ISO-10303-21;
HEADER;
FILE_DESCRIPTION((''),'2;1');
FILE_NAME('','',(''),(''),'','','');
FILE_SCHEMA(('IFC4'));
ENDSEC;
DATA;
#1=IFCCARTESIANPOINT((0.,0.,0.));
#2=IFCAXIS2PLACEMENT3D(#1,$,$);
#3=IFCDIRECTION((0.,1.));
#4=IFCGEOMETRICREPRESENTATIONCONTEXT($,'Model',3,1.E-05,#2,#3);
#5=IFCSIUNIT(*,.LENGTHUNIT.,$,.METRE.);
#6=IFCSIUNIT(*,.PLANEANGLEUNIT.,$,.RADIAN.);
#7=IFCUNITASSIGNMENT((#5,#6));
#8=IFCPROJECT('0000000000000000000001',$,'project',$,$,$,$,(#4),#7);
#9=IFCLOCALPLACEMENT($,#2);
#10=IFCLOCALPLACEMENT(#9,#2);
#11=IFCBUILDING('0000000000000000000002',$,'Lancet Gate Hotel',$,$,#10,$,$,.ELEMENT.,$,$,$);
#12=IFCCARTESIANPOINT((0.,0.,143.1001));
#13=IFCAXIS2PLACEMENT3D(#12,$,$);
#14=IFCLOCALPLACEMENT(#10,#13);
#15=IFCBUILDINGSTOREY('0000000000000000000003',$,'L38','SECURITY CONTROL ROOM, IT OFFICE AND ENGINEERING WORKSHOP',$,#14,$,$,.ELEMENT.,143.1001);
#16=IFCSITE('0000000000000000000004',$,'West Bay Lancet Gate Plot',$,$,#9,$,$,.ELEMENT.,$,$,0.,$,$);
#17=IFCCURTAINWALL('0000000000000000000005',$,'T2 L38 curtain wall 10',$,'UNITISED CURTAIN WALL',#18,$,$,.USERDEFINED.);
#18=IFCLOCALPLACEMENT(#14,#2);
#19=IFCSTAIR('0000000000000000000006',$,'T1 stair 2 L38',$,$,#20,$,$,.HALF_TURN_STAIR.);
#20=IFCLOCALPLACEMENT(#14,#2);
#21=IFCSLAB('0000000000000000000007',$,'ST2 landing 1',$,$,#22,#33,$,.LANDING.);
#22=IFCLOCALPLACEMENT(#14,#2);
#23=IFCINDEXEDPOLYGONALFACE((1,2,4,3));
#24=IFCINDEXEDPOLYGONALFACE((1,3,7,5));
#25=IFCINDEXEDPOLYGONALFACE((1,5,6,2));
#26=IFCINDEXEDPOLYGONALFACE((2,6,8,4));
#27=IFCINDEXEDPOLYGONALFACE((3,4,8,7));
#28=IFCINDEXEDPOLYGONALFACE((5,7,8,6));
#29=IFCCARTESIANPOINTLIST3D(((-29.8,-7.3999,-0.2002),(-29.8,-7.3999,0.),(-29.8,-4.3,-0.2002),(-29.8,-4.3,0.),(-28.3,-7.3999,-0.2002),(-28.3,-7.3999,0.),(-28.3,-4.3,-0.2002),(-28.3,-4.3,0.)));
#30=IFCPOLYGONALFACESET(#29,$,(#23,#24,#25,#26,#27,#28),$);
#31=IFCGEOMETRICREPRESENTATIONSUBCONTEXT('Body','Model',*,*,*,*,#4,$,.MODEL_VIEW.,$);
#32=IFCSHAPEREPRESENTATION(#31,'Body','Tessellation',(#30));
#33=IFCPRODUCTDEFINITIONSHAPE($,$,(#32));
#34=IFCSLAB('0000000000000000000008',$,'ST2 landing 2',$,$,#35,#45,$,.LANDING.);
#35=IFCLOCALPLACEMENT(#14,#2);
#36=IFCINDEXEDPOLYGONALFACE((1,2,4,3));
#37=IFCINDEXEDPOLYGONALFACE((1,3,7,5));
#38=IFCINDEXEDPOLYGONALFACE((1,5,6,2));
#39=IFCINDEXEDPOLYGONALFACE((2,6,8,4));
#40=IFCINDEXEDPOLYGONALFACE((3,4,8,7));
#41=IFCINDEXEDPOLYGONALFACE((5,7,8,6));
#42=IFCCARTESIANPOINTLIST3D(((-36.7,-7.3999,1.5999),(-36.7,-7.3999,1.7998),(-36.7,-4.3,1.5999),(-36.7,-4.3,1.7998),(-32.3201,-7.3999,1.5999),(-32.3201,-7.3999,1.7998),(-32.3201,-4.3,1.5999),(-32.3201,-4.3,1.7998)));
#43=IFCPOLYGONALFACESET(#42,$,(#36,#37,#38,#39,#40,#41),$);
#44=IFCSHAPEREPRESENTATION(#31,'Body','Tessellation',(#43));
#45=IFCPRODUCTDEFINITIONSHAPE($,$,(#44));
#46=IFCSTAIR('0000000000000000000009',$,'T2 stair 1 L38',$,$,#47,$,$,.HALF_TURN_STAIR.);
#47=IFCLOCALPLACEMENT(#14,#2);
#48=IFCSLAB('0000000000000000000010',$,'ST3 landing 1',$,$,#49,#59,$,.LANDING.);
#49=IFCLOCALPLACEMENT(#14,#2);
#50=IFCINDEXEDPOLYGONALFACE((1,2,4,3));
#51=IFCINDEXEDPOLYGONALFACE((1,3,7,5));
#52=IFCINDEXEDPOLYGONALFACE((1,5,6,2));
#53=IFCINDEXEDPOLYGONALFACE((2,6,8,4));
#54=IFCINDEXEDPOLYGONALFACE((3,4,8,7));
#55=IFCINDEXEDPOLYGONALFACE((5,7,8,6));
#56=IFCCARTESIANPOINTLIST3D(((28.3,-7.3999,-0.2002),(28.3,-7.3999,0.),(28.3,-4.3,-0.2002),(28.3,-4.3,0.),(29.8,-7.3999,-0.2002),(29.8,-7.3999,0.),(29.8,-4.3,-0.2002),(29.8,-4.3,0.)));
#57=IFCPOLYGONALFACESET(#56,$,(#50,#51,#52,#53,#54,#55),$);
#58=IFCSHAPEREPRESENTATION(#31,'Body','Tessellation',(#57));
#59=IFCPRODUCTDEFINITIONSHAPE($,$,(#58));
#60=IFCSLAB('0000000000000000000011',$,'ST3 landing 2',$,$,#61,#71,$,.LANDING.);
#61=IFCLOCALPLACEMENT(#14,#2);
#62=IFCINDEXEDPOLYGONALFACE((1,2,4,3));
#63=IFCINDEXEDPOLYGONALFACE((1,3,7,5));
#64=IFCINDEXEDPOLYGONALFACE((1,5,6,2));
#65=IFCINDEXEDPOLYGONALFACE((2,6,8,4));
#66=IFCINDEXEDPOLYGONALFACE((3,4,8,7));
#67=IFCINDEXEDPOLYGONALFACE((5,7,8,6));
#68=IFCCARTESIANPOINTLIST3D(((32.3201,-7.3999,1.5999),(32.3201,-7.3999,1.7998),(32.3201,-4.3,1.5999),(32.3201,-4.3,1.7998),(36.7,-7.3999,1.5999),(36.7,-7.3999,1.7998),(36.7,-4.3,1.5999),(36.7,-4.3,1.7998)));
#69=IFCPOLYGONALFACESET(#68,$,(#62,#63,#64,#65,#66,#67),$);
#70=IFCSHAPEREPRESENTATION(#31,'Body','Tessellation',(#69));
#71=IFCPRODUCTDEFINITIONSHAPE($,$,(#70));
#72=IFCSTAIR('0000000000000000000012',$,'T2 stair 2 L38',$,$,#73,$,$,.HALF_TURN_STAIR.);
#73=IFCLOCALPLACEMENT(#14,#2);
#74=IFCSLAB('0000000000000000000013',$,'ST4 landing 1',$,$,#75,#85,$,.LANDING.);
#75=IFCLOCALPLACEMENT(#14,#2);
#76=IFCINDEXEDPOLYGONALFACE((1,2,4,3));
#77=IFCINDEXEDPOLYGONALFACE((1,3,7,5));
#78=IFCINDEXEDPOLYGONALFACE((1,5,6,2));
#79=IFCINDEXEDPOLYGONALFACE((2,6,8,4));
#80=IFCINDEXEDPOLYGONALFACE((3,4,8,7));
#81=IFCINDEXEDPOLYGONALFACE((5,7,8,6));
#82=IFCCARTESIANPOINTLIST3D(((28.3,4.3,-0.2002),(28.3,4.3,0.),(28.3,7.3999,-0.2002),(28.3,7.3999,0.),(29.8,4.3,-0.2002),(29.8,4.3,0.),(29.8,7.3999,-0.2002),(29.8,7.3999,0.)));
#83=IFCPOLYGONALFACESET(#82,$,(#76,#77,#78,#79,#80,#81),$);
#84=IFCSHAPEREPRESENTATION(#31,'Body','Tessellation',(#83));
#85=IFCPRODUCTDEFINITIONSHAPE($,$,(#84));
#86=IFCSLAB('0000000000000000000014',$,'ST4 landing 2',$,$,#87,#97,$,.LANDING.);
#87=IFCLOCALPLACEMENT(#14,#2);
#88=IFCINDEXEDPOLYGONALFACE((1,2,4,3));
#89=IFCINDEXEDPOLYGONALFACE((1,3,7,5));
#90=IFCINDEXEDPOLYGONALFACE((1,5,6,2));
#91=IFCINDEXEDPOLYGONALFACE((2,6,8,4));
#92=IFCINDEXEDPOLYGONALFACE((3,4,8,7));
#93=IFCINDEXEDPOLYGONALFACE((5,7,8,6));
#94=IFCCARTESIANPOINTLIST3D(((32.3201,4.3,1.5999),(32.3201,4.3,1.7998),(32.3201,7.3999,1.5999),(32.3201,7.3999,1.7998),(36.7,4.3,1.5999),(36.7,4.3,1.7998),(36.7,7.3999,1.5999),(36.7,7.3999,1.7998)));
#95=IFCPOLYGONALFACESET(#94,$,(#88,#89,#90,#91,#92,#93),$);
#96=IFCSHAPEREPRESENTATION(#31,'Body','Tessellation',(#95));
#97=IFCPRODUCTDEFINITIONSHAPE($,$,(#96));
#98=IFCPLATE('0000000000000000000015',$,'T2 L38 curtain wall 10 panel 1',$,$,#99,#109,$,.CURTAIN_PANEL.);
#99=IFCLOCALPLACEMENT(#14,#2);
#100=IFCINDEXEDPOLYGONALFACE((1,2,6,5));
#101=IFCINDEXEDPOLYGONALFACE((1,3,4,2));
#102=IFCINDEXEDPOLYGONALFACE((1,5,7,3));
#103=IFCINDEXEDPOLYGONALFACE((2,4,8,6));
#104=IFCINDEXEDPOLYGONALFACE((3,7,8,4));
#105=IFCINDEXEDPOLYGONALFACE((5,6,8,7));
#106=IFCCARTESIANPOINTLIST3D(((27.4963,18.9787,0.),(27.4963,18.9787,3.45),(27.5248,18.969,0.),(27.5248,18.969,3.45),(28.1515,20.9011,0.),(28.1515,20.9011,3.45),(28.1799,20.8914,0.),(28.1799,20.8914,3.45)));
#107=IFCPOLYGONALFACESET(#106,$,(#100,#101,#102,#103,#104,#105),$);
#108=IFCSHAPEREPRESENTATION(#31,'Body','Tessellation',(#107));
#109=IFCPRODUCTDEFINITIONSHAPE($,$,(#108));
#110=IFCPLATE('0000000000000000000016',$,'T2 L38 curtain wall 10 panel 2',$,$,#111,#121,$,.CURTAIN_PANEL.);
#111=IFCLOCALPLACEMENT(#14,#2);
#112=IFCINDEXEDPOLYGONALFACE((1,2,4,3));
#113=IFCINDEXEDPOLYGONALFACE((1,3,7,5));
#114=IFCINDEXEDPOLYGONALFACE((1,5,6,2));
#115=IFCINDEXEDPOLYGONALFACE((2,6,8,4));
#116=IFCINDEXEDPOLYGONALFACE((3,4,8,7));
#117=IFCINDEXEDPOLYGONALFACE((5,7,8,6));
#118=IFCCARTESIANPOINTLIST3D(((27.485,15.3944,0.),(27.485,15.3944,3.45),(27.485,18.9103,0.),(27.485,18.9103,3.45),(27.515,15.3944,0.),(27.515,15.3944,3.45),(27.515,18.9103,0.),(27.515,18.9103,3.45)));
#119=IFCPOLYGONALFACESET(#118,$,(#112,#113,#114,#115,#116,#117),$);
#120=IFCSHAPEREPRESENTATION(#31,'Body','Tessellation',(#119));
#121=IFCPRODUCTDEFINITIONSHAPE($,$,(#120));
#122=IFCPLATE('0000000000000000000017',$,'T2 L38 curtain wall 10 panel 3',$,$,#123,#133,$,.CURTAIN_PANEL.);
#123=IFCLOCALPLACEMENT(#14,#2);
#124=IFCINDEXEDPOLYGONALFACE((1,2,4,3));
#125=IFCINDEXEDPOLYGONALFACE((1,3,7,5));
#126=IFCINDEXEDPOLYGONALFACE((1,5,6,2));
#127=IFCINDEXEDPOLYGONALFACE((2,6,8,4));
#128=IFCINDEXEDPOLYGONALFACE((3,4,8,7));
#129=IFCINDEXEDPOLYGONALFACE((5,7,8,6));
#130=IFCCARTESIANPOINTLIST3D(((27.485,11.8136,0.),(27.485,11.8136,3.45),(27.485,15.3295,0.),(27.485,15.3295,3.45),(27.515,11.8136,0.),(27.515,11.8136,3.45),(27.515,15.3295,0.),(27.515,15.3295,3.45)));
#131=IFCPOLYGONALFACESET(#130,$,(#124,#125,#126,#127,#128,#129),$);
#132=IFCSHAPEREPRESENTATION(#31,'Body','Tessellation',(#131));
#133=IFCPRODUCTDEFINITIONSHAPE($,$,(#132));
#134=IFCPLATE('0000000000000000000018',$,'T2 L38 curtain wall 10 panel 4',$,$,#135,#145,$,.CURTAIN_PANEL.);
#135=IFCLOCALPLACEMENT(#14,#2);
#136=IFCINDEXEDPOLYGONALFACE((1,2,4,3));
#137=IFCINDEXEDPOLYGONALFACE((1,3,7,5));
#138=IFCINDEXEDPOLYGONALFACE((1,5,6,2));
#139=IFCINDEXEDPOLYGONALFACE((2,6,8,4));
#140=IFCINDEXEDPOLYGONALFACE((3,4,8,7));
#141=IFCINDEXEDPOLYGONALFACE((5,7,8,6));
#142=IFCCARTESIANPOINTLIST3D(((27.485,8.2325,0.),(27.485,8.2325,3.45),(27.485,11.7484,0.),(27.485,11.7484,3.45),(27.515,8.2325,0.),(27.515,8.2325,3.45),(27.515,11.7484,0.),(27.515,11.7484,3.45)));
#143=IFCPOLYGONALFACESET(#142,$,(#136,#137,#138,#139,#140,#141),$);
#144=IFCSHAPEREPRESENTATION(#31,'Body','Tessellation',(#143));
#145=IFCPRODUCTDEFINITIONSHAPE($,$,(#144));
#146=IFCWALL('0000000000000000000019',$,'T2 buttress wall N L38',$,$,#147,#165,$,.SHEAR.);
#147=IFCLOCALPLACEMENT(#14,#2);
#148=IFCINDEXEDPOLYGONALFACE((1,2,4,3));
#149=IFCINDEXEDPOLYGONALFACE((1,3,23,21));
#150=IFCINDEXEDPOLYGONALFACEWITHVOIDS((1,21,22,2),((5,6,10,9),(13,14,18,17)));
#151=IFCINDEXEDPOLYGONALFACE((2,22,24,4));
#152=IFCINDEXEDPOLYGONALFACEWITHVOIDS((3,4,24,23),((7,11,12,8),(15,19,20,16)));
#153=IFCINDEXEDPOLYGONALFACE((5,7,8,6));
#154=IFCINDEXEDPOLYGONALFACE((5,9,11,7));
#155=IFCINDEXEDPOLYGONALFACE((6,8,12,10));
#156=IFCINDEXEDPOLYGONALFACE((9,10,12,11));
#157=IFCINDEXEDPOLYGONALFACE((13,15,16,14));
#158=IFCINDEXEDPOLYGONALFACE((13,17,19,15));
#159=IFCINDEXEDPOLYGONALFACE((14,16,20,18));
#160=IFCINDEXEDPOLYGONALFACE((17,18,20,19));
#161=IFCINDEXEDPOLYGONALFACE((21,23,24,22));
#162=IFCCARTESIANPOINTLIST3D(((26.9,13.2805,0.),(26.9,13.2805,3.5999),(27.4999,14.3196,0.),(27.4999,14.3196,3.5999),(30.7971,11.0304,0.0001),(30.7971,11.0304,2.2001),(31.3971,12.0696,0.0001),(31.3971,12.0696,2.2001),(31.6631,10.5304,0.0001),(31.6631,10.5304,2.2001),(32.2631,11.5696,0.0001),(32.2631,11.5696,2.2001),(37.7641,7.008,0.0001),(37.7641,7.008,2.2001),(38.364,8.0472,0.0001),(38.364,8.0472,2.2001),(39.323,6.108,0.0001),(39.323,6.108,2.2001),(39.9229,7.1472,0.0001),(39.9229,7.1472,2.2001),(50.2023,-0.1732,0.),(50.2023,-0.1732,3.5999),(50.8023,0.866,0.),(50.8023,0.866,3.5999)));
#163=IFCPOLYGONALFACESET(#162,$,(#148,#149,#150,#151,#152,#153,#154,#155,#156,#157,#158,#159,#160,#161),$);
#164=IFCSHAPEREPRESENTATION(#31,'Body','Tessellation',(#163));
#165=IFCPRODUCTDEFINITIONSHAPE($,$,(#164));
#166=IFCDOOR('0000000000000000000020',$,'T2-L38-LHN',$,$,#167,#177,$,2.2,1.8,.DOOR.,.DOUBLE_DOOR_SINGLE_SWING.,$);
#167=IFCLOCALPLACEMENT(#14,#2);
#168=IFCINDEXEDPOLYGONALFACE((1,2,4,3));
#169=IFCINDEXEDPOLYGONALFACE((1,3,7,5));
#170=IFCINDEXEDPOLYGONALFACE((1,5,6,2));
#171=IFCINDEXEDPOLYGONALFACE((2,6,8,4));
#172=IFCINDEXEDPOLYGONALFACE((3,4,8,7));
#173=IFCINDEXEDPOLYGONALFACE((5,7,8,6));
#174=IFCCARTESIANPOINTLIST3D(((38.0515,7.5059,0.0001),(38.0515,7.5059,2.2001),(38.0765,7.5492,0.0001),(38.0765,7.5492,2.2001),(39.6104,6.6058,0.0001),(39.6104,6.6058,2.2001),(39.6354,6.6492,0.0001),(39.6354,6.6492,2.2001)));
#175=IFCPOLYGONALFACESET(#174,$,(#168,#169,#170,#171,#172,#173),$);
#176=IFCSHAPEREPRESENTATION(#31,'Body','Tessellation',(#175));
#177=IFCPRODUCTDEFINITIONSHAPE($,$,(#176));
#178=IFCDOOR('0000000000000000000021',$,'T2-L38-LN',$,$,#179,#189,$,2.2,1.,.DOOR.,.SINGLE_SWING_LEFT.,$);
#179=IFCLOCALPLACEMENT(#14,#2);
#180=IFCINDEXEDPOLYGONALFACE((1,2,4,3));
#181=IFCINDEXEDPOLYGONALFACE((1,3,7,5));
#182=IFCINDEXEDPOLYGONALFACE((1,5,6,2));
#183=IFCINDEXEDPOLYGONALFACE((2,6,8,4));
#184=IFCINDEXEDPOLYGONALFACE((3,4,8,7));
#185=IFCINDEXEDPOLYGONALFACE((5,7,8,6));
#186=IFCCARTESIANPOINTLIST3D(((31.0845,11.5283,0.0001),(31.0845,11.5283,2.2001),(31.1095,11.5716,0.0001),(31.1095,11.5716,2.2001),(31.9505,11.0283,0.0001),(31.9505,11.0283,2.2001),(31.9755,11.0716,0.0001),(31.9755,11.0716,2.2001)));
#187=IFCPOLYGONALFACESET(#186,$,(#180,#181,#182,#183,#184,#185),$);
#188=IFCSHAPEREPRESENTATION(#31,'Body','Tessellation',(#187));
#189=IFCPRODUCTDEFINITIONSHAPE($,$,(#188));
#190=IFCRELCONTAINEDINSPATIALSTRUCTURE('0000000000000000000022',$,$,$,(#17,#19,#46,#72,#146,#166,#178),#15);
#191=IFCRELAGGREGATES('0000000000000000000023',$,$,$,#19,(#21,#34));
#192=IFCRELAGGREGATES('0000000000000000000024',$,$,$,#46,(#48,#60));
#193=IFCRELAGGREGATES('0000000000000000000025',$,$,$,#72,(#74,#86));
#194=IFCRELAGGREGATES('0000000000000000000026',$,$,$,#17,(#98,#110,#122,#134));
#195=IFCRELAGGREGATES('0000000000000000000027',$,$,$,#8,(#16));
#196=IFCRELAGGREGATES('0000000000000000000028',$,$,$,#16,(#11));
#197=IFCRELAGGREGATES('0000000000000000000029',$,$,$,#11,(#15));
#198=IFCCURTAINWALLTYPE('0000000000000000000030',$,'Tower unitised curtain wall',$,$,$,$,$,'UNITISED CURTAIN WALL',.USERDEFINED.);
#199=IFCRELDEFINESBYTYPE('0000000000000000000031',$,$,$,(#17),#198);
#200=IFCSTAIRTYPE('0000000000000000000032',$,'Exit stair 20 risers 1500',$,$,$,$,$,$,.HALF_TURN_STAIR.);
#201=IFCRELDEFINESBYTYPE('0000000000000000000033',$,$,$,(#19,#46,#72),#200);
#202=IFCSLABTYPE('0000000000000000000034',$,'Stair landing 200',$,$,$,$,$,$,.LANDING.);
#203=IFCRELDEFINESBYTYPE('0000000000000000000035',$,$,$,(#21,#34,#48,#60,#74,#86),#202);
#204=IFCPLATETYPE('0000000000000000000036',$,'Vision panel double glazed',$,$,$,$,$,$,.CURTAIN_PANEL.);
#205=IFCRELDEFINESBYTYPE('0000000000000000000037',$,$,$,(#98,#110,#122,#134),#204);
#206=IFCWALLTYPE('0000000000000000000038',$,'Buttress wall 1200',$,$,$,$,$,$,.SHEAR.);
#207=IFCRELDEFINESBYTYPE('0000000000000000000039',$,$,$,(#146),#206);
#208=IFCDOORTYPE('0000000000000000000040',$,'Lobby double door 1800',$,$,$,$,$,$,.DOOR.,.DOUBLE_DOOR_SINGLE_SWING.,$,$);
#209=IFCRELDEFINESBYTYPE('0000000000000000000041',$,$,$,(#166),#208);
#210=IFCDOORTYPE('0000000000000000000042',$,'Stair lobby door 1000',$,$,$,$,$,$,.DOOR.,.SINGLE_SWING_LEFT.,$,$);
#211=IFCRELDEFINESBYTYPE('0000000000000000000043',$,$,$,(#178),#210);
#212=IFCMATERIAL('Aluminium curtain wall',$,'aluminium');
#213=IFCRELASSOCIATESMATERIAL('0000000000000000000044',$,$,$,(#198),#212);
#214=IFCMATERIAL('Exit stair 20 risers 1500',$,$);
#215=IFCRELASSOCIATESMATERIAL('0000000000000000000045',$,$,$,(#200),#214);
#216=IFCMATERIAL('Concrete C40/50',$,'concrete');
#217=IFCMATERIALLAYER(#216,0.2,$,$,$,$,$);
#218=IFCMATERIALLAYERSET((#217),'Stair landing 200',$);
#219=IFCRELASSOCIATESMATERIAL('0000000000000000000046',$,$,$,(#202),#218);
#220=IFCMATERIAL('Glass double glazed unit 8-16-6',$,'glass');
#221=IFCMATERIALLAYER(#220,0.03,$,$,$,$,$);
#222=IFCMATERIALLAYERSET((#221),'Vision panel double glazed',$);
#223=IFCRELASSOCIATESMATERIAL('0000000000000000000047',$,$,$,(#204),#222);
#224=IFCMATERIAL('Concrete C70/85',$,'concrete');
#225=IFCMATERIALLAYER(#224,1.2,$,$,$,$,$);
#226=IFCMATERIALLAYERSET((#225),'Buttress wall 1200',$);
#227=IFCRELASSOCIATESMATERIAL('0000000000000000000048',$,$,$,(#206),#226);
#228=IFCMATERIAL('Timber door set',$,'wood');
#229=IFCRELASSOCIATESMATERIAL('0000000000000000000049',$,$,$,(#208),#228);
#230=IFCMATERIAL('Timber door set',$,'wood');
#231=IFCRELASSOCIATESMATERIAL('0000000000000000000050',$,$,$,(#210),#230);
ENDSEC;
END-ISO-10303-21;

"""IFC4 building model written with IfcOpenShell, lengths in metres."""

from ifc_helpers import new_model, si_unit, direction, frame, frame_2d, origin, origin_2d, place, context, subcontext, project, spatial, polyline, rectangle, outline, extrude, material, layer, layer_set, type_object, element, fill, aggregate, save


model = new_model("IFC4")

# Units and contexts
model_context = context("Model", 3, precision=1e-05, world=origin(), true_north=direction((0.0, 1.0)))
body_context = subcontext(model_context, "Body", "Model", "MODEL_VIEW")
ifc_project = project(units=[si_unit("LENGTHUNIT", "METRE"), si_unit("PLANEANGLEUNIT", "RADIAN")], contexts=[model_context])

# Site, building, storey
site_placement = place(None, origin())
site = spatial("IfcSite", under=ifc_project, at=site_placement, Name="West Bay Lancet Gate Plot", CompositionType="ELEMENT", RefElevation=0.0)
building_placement = place(site_placement, origin())
building = spatial("IfcBuilding", under=site, at=building_placement, Name="Lancet Gate Hotel", CompositionType="ELEMENT")
storey_placement = place(building_placement, frame((0.0, 0.0, 143.1001)))
storey = spatial("IfcBuildingStorey", under=building, at=storey_placement, Name="L38", Description="SECURITY CONTROL ROOM, IT OFFICE AND ENGINEERING WORKSHOP", CompositionType="ELEMENT", Elevation=143.1001)

# Curtain wall
ifc_material_1 = material(Name="Aluminium curtain wall", Category="aluminium")
curtain_wall_type = type_object("IfcCurtainWallType", Name="Tower unitised curtain wall", ElementType="UNITISED CURTAIN WALL", PredefinedType="USERDEFINED", material=ifc_material_1)
curtain_wall_placement = place(storey_placement, origin())
curtain_wall = element("IfcCurtainWall", 1, at=curtain_wall_placement, inside=storey, type_object=curtain_wall_type, Name="T2 L38 curtain wall 10", ObjectType="UNITISED CURTAIN WALL", PredefinedType="USERDEFINED")

# Shared definitions
ifc_material_2 = material(Name="Exit stair 20 risers 1500")
stair_type = type_object("IfcStairType", Name="Exit stair 20 risers 1500", PredefinedType="HALF_TURN_STAIR", material=ifc_material_2)
ifc_material_3 = material(Name="Concrete C40/50", Category="concrete")
ifc_layer_1 = layer(ifc_material_3, 0.2)
ifc_layer_set_1 = layer_set([ifc_layer_1], Name="Stair landing 200")
slab_type = type_object("IfcSlabType", Name="Stair landing 200", PredefinedType="LANDING", material=ifc_layer_set_1)

# Stairs, slabs
stair_1_placement = place(storey_placement, origin())
stair_1 = element("IfcStair", 2, at=stair_1_placement, inside=storey, type_object=stair_type, Name="T1 stair 2 L38", PredefinedType="HALF_TURN_STAIR")
slab_1_placement = place(storey_placement, frame((0.0, 0.0, -0.2002)))
slab_1 = element("IfcSlab", 3, at=slab_1_placement, type_object=slab_type, Name="ST2 landing 1", PredefinedType="LANDING", context=body_context, shape_type="SweptSolid", body=[
    extrude(outline(polyline([(-28.3, -4.3), (-29.8, -4.3), (-29.8, -7.3999), (-28.3, -7.3999), (-28.3, -4.3)])), origin(), (0.0, 0.0, 1.0), 0.2002),
])
slab_2_placement = place(storey_placement, frame((0.0, 0.0, 1.5999)))
slab_2 = element("IfcSlab", 4, at=slab_2_placement, type_object=slab_type, Name="ST2 landing 2", PredefinedType="LANDING", context=body_context, shape_type="SweptSolid", body=[
    extrude(outline(polyline([(-32.3201, -4.3), (-36.7, -4.3), (-36.7, -7.3999), (-32.3201, -7.3999), (-32.3201, -4.3)])), origin(), (0.0, 0.0, 1.0), 0.2),
])
aggregate(stair_1, [slab_1, slab_2])
stair_2_placement = place(storey_placement, origin())
stair_2 = element("IfcStair", 5, at=stair_2_placement, inside=storey, type_object=stair_type, Name="T2 stair 1 L38", PredefinedType="HALF_TURN_STAIR")
slab_3_placement = place(storey_placement, frame((0.0, 0.0, -0.2002)))
slab_3 = element("IfcSlab", 6, at=slab_3_placement, type_object=slab_type, Name="ST3 landing 1", PredefinedType="LANDING", context=body_context, shape_type="SweptSolid", body=[
    extrude(outline(polyline([(28.3, -7.3999), (29.8, -7.3999), (29.8, -4.3), (28.3, -4.3), (28.3, -7.3999)])), origin(), (0.0, 0.0, 1.0), 0.2002),
])
slab_4_placement = place(storey_placement, frame((0.0, 0.0, 1.5999)))
slab_4 = element("IfcSlab", 7, at=slab_4_placement, type_object=slab_type, Name="ST3 landing 2", PredefinedType="LANDING", context=body_context, shape_type="SweptSolid", body=[
    extrude(outline(polyline([(32.3201, -7.3999), (36.7, -7.3999), (36.7, -4.3), (32.3201, -4.3), (32.3201, -7.3999)])), origin(), (0.0, 0.0, 1.0), 0.2),
])
aggregate(stair_2, [slab_3, slab_4])
stair_3_placement = place(storey_placement, origin())
stair_3 = element("IfcStair", 8, at=stair_3_placement, inside=storey, type_object=stair_type, Name="T2 stair 2 L38", PredefinedType="HALF_TURN_STAIR")
slab_5_placement = place(storey_placement, frame((0.0, 0.0, -0.2002)))
slab_5 = element("IfcSlab", 9, at=slab_5_placement, type_object=slab_type, Name="ST4 landing 1", PredefinedType="LANDING", context=body_context, shape_type="SweptSolid", body=[
    extrude(outline(polyline([(28.3, 4.3), (29.8, 4.3), (29.8, 7.3999), (28.3, 7.3999), (28.3, 4.3)])), origin(), (0.0, 0.0, 1.0), 0.2002),
])
slab_6_placement = place(storey_placement, frame((0.0, 0.0, 1.5999)))
slab_6 = element("IfcSlab", 10, at=slab_6_placement, type_object=slab_type, Name="ST4 landing 2", PredefinedType="LANDING", context=body_context, shape_type="SweptSolid", body=[
    extrude(outline(polyline([(32.3201, 4.3), (36.7, 4.3), (36.7, 7.3999), (32.3201, 7.3999), (32.3201, 4.3)])), origin(), (0.0, 0.0, 1.0), 0.2),
])
aggregate(stair_3, [slab_5, slab_6])

# Plates
ifc_material_4 = material(Name="Glass double glazed unit 8-16-6", Category="glass")
ifc_layer_2 = layer(ifc_material_4, 0.03)
ifc_layer_set_2 = layer_set([ifc_layer_2], Name="Vision panel double glazed")
plate_type = type_object("IfcPlateType", Name="Vision panel double glazed", PredefinedType="CURTAIN_PANEL", material=ifc_layer_set_2)
plate_1_placement = place(storey_placement, frame((27.8381, 19.9351, 0.0), z_axis=(0.0, 0.0, 1.0), x_axis=(-0.322576, -0.946544, 0.0)))
plate_1 = element("IfcPlate", 11, at=plate_1_placement, type_object=plate_type, Name="T2 L38 curtain wall 10 panel 1", PredefinedType="CURTAIN_PANEL", context=body_context, shape_type="SweptSolid", body=[
    extrude(rectangle(XDim=2.031, YDim=0.03, at=origin_2d()), origin(), (0.0, 0.0, 1.0), 3.45),
])
plate_2_placement = place(storey_placement, frame((27.5, 17.1523, 0.0), z_axis=(0.0, 0.0, 1.0), x_axis=(0.0, -1.0, 0.0)))
plate_2 = element("IfcPlate", 12, at=plate_2_placement, type_object=plate_type, Name="T2 L38 curtain wall 10 panel 2", PredefinedType="CURTAIN_PANEL", context=body_context, shape_type="SweptSolid", body=[
    extrude(rectangle(XDim=3.5159, YDim=0.03, at=origin_2d()), origin(), (0.0, 0.0, 1.0), 3.45),
])
plate_3_placement = place(storey_placement, frame((27.5, 13.5715, 0.0), z_axis=(0.0, 0.0, 1.0), x_axis=(0.0, -1.0, 0.0)))
plate_3 = element("IfcPlate", 13, at=plate_3_placement, type_object=plate_type, Name="T2 L38 curtain wall 10 panel 3", PredefinedType="CURTAIN_PANEL", context=body_context, shape_type="SweptSolid", body=[
    extrude(rectangle(XDim=3.5159, YDim=0.03, at=origin_2d()), origin(), (0.0, 0.0, 1.0), 3.45),
])
plate_4_placement = place(storey_placement, frame((27.5, 9.9905, 0.0), z_axis=(0.0, 0.0, 1.0), x_axis=(0.0, -1.0, 0.0)))
plate_4 = element("IfcPlate", 14, at=plate_4_placement, type_object=plate_type, Name="T2 L38 curtain wall 10 panel 4", PredefinedType="CURTAIN_PANEL", context=body_context, shape_type="SweptSolid", body=[
    extrude(rectangle(XDim=3.5159, YDim=0.03, at=origin_2d()), origin(), (0.0, 0.0, 1.0), 3.45),
])
aggregate(curtain_wall, [plate_1, plate_2, plate_3, plate_4])

# Wall, openings, doors
ifc_material_5 = material(Name="Concrete C70/85", Category="concrete")
ifc_layer_3 = layer(ifc_material_5, 1.2)
ifc_layer_set_3 = layer_set([ifc_layer_3], Name="Buttress wall 1200")
wall_type_1 = type_object("IfcWallType", Name="Buttress wall 1200", PredefinedType="SHEAR", material=ifc_layer_set_3)
wall_1_placement = place(storey_placement, frame((27.2, 13.8, 0.0), z_axis=(0.0, 0.0, 1.0), x_axis=(0.866025, -0.500002, 0.0)))
wall_1 = element("IfcWall", 15, at=wall_1_placement, inside=storey, type_object=wall_type_1, Name="T2 buttress wall N L38", PredefinedType="SHEAR", context=body_context, shape_type="SweptSolid", body=[
    extrude(rectangle(XDim=26.9072, YDim=1.2, at=frame_2d((13.4536, 0.0))), origin(), (0.0, 0.0, 1.0), 3.5999),
])
opening_1_placement = place(wall_1_placement, frame((4.5, 0.0, 0.0)))
opening_1 = element("IfcOpeningElement", 16, at=opening_1_placement, cuts=wall_1, PredefinedType="OPENING", context=body_context, shape_type="SweptSolid", body=[
    extrude(rectangle(XDim=1.0, YDim=2.2, at=frame_2d((0.5, 1.1001))), frame((0.0, 0.6099, 0.0), z_axis=(0.0, -1.0, 0.0), x_axis=(1.0, 0.0, 0.0)), (0.0, 0.0, 1.0), 1.22),
])
opening_2_placement = place(wall_1_placement, frame((12.5449, 0.0, 0.0)))
opening_2 = element("IfcOpeningElement", 17, at=opening_2_placement, cuts=wall_1, PredefinedType="OPENING", context=body_context, shape_type="SweptSolid", body=[
    extrude(rectangle(XDim=1.8, YDim=2.2, at=frame_2d((0.8999, 1.1001))), frame((0.0, 0.6099, 0.0), z_axis=(0.0, -1.0, 0.0), x_axis=(1.0, 0.0, 0.0)), (0.0, 0.0, 1.0), 1.22),
])
ifc_material_6 = material(Name="Timber door set", Category="wood")
door_type_1 = type_object("IfcDoorType", Name="Lobby double door 1800", OperationType="DOUBLE_DOOR_SINGLE_SWING", PredefinedType="DOOR", material=ifc_material_6)
door_1_placement = place(opening_2_placement, origin())
door_1 = element("IfcDoor", 18, at=door_1_placement, inside=storey, type_object=door_type_1, Name="T2-L38-LHN", OperationType="DOUBLE_DOOR_SINGLE_SWING", OverallHeight=2.2, OverallWidth=1.8, PredefinedType="DOOR", context=body_context, shape_type="SweptSolid", body=[
    extrude(rectangle(XDim=1.8, YDim=2.2, at=frame_2d((0.8999, 1.1001))), frame((0.0, 0.0249, 0.0), z_axis=(0.0, -1.0, 0.0), x_axis=(1.0, 0.0, 0.0)), (0.0, 0.0, 1.0), 0.05),
])
fill(opening_2, door_1)
ifc_material_7 = material(Name="Timber door set", Category="wood")
door_type_2 = type_object("IfcDoorType", Name="Stair lobby door 1000", OperationType="SINGLE_SWING_LEFT", PredefinedType="DOOR", material=ifc_material_7)
door_2_placement = place(opening_1_placement, origin())
door_2 = element("IfcDoor", 19, at=door_2_placement, inside=storey, type_object=door_type_2, Name="T2-L38-LN", OperationType="SINGLE_SWING_LEFT", OverallHeight=2.2, OverallWidth=1.0, PredefinedType="DOOR", context=body_context, shape_type="SweptSolid", body=[
    extrude(rectangle(XDim=1.0, YDim=2.2, at=frame_2d((0.5, 1.1001))), frame((0.0, 0.0249, 0.0), z_axis=(0.0, -1.0, 0.0), x_axis=(1.0, 0.0, 0.0)), (0.0, 0.0, 1.0), 0.05),
])
fill(opening_1, door_2)

save(model, "model.ifc")
